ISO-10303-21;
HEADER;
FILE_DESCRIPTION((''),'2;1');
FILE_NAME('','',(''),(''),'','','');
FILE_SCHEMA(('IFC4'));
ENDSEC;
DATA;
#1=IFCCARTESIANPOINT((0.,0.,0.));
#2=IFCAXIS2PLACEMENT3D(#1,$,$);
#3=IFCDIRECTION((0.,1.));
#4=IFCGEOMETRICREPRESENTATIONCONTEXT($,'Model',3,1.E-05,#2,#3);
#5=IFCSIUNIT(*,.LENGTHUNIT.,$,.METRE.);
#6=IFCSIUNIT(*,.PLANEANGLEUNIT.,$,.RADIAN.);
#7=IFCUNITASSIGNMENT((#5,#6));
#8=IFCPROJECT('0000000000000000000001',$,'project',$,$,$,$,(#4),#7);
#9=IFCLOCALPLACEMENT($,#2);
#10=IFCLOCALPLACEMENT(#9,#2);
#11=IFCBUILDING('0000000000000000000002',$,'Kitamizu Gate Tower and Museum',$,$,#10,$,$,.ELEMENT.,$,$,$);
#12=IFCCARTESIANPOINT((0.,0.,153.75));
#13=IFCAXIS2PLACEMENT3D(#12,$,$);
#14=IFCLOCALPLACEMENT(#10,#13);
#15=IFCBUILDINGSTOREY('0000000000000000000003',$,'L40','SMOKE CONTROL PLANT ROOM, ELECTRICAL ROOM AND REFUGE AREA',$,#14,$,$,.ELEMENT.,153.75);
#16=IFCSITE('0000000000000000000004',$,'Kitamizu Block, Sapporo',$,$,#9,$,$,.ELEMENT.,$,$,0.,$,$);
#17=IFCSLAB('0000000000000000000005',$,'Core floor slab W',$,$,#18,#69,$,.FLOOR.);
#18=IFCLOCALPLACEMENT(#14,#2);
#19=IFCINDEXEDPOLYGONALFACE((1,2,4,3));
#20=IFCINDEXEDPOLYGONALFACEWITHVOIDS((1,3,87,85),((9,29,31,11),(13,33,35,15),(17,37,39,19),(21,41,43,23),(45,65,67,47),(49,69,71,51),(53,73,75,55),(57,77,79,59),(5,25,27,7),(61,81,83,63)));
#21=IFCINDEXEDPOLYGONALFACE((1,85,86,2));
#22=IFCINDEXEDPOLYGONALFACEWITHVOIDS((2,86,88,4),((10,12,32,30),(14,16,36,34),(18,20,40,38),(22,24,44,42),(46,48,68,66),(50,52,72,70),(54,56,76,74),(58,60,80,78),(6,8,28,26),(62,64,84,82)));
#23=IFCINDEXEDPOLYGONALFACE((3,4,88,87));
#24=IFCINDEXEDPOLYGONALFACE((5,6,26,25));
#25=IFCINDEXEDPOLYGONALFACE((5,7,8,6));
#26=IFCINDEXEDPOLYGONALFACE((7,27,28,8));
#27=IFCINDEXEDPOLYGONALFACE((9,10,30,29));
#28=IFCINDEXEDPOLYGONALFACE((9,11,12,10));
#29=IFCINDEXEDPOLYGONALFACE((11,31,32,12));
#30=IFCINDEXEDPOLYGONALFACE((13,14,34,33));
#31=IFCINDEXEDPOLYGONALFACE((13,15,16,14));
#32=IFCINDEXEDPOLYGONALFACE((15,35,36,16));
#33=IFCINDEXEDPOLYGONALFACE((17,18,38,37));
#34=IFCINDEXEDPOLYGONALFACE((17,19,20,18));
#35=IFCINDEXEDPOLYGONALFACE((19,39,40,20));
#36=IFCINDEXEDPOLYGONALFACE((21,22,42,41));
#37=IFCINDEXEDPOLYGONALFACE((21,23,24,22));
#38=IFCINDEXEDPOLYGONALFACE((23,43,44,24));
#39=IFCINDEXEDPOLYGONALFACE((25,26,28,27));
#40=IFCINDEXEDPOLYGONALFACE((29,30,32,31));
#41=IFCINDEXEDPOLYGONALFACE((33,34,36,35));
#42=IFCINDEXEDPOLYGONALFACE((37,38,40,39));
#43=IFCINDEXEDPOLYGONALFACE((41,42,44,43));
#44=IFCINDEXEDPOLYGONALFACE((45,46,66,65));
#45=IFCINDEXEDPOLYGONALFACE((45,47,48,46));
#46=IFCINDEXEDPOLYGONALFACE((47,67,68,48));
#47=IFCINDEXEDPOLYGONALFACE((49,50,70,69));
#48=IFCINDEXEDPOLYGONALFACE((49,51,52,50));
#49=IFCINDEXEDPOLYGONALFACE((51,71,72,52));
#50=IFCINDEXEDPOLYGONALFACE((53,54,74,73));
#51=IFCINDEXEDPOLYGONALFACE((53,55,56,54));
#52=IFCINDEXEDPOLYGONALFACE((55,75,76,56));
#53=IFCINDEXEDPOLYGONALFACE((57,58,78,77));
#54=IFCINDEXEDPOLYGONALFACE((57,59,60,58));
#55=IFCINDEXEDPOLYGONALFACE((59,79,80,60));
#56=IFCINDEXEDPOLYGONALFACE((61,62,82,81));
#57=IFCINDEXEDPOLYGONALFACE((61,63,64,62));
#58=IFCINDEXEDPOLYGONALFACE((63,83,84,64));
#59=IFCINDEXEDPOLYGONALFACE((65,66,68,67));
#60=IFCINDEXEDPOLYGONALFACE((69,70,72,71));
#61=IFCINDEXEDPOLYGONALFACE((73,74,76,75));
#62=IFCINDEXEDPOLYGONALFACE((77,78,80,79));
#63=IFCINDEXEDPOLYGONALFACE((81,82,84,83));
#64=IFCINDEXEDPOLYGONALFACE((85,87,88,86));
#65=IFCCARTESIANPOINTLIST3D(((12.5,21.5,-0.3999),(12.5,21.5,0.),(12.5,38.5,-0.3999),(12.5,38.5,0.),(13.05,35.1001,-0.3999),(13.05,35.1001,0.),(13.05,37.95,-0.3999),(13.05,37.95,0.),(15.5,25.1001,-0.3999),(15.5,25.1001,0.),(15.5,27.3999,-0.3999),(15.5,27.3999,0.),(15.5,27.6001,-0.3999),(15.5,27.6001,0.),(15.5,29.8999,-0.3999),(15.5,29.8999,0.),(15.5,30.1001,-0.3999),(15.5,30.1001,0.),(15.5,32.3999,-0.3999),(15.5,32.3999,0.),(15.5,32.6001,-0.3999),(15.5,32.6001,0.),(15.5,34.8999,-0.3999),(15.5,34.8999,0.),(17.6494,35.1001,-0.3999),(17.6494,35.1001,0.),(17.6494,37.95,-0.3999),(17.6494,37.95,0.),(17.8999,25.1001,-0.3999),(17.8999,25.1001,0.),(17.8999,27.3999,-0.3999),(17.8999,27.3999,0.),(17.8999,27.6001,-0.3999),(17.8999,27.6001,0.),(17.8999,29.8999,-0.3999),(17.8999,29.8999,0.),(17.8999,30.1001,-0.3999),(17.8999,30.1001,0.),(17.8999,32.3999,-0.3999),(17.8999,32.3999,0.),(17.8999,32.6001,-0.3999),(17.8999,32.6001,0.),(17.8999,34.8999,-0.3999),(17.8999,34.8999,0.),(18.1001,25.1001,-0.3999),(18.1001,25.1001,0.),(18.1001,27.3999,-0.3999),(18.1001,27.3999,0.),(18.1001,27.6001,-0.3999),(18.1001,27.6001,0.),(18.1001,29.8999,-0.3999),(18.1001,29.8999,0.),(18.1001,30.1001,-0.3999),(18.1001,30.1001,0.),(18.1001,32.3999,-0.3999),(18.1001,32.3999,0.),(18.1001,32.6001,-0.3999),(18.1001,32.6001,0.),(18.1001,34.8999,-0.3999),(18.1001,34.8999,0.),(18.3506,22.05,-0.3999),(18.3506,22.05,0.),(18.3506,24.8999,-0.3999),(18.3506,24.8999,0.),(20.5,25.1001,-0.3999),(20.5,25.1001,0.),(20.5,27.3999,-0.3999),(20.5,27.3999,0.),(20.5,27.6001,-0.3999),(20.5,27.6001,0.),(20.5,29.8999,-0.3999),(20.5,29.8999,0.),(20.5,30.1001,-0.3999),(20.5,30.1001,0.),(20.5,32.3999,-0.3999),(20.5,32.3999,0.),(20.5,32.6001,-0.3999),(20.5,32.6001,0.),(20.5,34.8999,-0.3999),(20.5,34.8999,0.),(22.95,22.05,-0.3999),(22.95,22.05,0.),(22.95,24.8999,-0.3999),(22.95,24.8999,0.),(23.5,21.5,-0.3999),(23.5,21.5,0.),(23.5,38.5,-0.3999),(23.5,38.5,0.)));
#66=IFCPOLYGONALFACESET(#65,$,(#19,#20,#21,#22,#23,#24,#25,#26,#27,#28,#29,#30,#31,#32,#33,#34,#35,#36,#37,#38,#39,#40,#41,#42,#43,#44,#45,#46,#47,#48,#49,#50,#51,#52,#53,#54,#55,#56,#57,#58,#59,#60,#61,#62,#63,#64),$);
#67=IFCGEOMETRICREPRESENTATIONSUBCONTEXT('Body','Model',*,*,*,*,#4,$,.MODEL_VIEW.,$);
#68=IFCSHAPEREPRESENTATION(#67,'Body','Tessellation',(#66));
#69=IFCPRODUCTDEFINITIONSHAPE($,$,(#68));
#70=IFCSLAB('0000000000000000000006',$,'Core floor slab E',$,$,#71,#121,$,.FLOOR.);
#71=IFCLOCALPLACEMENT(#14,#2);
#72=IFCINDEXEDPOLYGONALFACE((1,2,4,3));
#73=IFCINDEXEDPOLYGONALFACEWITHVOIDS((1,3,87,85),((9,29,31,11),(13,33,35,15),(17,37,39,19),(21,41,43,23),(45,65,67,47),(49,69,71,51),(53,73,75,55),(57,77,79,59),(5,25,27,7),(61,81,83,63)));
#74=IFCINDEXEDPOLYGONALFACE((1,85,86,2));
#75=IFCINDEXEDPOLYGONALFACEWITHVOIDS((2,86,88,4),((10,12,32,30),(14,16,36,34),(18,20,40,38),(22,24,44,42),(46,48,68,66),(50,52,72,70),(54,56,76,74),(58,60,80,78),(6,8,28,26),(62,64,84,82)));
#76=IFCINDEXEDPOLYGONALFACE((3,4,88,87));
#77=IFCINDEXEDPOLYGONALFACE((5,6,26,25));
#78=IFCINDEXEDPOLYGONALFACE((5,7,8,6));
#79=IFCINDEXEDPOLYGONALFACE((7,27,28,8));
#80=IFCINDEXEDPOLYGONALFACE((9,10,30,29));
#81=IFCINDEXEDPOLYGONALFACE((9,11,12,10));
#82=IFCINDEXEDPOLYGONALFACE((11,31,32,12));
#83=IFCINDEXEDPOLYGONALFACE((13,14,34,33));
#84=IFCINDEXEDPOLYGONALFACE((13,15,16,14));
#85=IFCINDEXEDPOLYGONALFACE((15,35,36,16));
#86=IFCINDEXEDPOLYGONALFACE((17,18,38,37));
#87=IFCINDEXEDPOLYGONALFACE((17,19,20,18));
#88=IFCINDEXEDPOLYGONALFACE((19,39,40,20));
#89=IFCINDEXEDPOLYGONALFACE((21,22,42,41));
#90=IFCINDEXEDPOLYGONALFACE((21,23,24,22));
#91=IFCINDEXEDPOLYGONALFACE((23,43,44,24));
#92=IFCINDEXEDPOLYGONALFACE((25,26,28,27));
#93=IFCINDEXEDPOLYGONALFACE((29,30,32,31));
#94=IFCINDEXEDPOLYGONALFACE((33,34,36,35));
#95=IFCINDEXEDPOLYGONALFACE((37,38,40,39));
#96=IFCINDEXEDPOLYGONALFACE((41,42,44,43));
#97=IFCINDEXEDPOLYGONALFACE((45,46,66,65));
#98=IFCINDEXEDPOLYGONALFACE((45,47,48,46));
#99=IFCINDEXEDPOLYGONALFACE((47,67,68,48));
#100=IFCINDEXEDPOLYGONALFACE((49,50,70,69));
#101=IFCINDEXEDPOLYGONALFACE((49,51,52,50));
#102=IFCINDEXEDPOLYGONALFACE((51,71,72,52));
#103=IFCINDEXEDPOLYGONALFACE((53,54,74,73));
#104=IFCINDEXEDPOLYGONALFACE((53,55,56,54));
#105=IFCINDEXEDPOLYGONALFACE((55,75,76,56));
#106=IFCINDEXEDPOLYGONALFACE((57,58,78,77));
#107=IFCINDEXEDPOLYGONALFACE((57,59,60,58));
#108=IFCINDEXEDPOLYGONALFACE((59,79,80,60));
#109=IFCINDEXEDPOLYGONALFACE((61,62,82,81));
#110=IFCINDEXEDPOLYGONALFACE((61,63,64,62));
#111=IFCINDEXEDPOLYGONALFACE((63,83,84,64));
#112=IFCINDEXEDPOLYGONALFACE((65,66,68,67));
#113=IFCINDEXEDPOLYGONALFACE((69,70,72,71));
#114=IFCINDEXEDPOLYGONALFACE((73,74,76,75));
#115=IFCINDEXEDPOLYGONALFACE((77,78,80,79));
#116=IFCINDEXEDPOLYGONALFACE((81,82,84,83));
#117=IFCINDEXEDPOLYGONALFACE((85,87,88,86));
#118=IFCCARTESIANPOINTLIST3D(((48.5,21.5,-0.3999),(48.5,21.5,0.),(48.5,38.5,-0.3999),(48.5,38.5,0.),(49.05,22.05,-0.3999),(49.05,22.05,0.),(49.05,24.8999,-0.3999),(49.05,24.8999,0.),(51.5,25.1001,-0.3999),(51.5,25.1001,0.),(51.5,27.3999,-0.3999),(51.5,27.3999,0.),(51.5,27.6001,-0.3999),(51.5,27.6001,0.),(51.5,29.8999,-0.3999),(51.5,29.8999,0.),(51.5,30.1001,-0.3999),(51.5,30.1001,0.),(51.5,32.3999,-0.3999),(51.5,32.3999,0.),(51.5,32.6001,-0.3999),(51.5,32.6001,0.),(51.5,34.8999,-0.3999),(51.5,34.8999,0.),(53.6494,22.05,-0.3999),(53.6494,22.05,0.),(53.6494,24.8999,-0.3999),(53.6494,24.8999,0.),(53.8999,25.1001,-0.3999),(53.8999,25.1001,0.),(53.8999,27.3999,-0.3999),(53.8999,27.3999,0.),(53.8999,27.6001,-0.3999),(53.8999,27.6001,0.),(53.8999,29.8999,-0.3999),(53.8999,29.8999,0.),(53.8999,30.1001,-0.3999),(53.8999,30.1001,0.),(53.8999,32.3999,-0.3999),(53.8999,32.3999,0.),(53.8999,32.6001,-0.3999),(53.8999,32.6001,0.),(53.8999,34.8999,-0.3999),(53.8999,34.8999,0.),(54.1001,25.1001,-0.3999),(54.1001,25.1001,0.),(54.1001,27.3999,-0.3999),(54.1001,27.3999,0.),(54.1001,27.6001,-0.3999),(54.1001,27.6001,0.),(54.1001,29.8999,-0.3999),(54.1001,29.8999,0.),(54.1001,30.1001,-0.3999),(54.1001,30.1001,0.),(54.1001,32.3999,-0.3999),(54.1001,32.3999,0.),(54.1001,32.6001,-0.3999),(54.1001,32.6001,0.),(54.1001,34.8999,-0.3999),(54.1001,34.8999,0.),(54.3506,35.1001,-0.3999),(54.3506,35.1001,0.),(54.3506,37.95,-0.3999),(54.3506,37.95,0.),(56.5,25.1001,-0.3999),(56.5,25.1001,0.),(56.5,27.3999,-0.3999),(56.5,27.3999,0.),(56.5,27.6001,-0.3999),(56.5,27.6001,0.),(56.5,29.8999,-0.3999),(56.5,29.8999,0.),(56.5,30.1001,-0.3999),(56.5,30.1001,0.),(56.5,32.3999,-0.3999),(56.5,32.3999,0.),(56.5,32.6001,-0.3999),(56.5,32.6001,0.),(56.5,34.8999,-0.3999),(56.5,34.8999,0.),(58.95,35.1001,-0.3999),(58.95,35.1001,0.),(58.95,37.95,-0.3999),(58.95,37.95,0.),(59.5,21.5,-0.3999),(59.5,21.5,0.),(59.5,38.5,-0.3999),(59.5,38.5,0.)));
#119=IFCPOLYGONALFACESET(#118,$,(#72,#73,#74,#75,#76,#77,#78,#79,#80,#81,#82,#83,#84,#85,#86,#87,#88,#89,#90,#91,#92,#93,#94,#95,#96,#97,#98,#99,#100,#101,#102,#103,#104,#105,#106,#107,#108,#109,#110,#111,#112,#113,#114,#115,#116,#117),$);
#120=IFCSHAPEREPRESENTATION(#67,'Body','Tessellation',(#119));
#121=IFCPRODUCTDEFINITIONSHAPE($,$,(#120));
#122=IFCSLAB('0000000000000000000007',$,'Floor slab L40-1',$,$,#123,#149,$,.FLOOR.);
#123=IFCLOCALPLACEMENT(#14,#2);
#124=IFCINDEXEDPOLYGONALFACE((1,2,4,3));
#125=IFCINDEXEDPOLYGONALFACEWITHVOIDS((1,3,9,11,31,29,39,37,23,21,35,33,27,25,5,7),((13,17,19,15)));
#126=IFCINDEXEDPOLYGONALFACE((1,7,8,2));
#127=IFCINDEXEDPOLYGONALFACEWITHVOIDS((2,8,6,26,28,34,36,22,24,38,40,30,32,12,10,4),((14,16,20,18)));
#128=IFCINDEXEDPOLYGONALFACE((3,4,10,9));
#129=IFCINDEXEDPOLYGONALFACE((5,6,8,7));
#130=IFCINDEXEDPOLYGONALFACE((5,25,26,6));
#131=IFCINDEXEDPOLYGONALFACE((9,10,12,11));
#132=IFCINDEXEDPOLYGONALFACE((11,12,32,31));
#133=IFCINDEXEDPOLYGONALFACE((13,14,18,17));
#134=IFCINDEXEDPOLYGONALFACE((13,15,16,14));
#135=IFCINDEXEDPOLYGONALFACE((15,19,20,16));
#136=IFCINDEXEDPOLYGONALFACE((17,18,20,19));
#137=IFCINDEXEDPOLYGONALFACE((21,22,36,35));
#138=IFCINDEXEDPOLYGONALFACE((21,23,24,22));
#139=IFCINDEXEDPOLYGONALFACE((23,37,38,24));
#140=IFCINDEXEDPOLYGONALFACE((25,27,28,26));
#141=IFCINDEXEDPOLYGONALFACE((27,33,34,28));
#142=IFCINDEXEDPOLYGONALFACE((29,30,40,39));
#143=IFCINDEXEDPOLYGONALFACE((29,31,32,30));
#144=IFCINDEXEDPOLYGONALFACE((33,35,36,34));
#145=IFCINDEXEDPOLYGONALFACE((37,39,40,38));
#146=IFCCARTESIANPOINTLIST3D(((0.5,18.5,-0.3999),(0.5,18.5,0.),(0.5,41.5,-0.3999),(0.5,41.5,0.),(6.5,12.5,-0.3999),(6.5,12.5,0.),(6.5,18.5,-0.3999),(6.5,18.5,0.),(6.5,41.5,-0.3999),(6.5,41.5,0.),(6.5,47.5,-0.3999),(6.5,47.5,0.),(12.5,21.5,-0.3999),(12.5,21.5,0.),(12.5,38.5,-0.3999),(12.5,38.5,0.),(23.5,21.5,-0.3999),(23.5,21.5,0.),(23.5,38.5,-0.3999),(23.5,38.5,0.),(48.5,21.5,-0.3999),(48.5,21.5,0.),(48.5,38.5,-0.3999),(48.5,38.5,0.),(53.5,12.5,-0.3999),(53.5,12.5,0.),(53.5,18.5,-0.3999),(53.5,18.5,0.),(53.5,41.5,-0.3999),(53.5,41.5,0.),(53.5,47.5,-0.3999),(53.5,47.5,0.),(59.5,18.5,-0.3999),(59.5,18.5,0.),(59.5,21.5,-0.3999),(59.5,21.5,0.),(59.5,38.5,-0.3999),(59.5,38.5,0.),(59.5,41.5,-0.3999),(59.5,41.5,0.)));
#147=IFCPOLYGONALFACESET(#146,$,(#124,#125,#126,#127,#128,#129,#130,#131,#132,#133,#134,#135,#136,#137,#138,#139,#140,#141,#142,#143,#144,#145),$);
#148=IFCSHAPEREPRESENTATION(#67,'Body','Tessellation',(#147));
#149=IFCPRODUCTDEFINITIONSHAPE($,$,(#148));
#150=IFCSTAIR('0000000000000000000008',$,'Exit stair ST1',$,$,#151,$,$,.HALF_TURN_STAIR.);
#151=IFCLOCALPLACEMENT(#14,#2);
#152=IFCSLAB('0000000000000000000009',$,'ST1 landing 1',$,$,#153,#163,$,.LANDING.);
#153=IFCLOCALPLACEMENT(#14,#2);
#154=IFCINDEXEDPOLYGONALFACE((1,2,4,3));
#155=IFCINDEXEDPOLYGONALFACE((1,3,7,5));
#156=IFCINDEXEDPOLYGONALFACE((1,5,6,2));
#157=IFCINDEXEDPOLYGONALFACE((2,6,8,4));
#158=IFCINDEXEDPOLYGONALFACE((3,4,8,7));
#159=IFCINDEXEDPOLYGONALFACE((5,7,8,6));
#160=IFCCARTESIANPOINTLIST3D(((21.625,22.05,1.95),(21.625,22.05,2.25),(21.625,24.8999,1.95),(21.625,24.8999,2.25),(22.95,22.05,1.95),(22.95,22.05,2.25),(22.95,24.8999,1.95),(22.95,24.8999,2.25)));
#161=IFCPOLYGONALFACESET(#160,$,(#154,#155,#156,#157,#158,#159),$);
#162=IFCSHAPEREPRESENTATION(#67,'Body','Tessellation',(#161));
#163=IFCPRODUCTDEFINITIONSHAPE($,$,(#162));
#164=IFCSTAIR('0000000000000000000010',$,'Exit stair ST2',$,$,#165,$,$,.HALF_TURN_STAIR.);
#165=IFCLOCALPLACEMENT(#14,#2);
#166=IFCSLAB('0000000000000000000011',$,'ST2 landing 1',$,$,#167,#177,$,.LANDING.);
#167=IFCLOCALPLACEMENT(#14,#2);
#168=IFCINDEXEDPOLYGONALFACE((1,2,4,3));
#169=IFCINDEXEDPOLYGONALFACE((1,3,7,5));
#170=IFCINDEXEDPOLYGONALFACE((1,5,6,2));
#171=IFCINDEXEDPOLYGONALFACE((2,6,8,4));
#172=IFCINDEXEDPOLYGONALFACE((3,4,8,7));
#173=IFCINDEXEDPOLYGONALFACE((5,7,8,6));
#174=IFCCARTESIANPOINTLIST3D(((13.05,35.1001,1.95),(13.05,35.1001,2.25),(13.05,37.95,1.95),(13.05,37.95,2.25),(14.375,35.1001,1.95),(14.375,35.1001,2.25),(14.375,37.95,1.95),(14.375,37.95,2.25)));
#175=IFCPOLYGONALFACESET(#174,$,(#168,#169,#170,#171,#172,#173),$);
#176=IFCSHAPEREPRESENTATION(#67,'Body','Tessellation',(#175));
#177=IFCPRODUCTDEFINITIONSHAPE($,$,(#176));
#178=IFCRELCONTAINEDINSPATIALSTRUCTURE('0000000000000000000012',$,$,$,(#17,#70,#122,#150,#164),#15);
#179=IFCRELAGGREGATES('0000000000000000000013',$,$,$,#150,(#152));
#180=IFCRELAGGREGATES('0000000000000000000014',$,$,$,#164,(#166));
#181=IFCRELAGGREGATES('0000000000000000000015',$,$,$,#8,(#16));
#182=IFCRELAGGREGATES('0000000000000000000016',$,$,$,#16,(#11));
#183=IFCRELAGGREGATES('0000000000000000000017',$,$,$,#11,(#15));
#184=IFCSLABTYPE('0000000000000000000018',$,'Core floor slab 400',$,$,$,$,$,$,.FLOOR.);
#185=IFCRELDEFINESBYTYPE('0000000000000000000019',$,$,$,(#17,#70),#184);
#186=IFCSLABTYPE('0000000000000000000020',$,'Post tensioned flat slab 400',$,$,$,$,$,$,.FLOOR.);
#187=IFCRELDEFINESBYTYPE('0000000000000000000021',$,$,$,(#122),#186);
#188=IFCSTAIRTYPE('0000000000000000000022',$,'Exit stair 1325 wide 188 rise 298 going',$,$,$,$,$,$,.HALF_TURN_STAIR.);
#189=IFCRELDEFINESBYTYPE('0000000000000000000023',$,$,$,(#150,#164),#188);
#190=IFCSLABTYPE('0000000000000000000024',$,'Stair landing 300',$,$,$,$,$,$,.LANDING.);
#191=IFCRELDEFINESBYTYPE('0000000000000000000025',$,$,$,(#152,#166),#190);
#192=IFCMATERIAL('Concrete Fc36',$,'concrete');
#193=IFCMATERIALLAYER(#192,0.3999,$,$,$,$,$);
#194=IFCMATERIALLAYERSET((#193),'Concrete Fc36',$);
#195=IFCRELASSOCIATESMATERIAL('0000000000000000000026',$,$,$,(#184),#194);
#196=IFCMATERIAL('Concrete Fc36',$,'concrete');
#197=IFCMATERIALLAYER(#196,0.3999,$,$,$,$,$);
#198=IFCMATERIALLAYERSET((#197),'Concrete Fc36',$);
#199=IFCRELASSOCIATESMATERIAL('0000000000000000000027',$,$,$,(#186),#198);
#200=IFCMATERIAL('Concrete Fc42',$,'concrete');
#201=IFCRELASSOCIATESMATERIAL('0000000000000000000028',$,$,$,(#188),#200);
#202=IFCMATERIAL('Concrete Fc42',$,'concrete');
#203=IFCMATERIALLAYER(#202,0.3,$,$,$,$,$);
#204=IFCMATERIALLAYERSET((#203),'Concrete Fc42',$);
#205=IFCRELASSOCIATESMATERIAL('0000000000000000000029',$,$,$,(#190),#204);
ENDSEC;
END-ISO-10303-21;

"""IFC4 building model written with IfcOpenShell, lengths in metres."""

from ifc_helpers import new_model, si_unit, direction, frame, origin, place, context, subcontext, project, spatial, polyline, outline, extrude, material, layer, layer_set, type_object, element, aggregate, save


model = new_model("IFC4")

# Units and contexts
model_context = context("Model", 3, precision=1e-05, world=origin(), true_north=direction((0.0, 1.0)))
body_context = subcontext(model_context, "Body", "Model", "MODEL_VIEW")
ifc_project = project(units=[si_unit("LENGTHUNIT", "METRE"), si_unit("PLANEANGLEUNIT", "RADIAN")], contexts=[model_context])

# Site, building, storey
site_placement = place(None, origin())
site = spatial("IfcSite", under=ifc_project, at=site_placement, Name="Kitamizu Block, Sapporo", CompositionType="ELEMENT", RefElevation=0.0)
building_placement = place(site_placement, origin())
building = spatial("IfcBuilding", under=site, at=building_placement, Name="Kitamizu Gate Tower and Museum", CompositionType="ELEMENT")
storey_placement = place(building_placement, frame((0.0, 0.0, 153.75)))
storey = spatial("IfcBuildingStorey", under=building, at=storey_placement, Name="L40", Description="SMOKE CONTROL PLANT ROOM, ELECTRICAL ROOM AND REFUGE AREA", CompositionType="ELEMENT", Elevation=153.75)

# Slabs
ifc_material_1 = material(Name="Concrete Fc36", Category="concrete")
ifc_layer_1 = layer(ifc_material_1, 0.3999)
ifc_layer_set_1 = layer_set([ifc_layer_1], Name="Concrete Fc36")
slab_type_1 = type_object("IfcSlabType", Name="Core floor slab 400", PredefinedType="FLOOR", material=ifc_layer_set_1)
slab_1_placement = place(storey_placement, frame((0.0, 0.0, -0.3999)))
element("IfcSlab", 1, at=slab_1_placement, inside=storey, type_object=slab_type_1, Name="Core floor slab W", PredefinedType="FLOOR", context=body_context, shape_type="SweptSolid", body=[
    extrude(outline(polyline([(12.5, 21.5), (23.5, 21.5), (23.5, 38.5), (12.5, 38.5), (12.5, 21.5)]), holes=[polyline([(15.5, 25.1001), (17.8999, 25.1001), (17.8999, 27.3999), (15.5, 27.3999), (15.5, 25.1001)]), polyline([(15.5, 27.6001), (17.8999, 27.6001), (17.8999, 29.8999), (15.5, 29.8999), (15.5, 27.6001)]), polyline([(15.5, 30.1001), (17.8999, 30.1001), (17.8999, 32.3999), (15.5, 32.3999), (15.5, 30.1001)]), polyline([(15.5, 32.6001), (17.8999, 32.6001), (17.8999, 34.8999), (15.5, 34.8999), (15.5, 32.6001)]), polyline([(18.1001, 25.1001), (20.5, 25.1001), (20.5, 27.3999), (18.1001, 27.3999), (18.1001, 25.1001)]), polyline([(18.1001, 27.6001), (20.5, 27.6001), (20.5, 29.8999), (18.1001, 29.8999), (18.1001, 27.6001)]), polyline([(18.1001, 30.1001), (20.5, 30.1001), (20.5, 32.3999), (18.1001, 32.3999), (18.1001, 30.1001)]), polyline([(18.1001, 32.6001), (20.5, 32.6001), (20.5, 34.8999), (18.1001, 34.8999), (18.1001, 32.6001)]), polyline([(18.3506, 22.05), (22.95, 22.05), (22.95, 24.8999), (18.3506, 24.8999), (18.3506, 22.05)]), polyline([(13.05, 35.1001), (17.6494, 35.1001), (17.6494, 37.95), (13.05, 37.95), (13.05, 35.1001)])]), origin(), (0.0, 0.0, 1.0), 0.3999),
])
slab_2_placement = place(storey_placement, frame((0.0, 0.0, -0.3999)))
element("IfcSlab", 2, at=slab_2_placement, inside=storey, type_object=slab_type_1, Name="Core floor slab E", PredefinedType="FLOOR", context=body_context, shape_type="SweptSolid", body=[
    extrude(outline(polyline([(48.5, 21.5), (59.5, 21.5), (59.5, 38.5), (48.5, 38.5), (48.5, 21.5)]), holes=[polyline([(54.1001, 25.1001), (56.5, 25.1001), (56.5, 27.3999), (54.1001, 27.3999), (54.1001, 25.1001)]), polyline([(54.1001, 27.6001), (56.5, 27.6001), (56.5, 29.8999), (54.1001, 29.8999), (54.1001, 27.6001)]), polyline([(54.1001, 30.1001), (56.5, 30.1001), (56.5, 32.3999), (54.1001, 32.3999), (54.1001, 30.1001)]), polyline([(54.1001, 32.6001), (56.5, 32.6001), (56.5, 34.8999), (54.1001, 34.8999), (54.1001, 32.6001)]), polyline([(51.5, 25.1001), (53.8999, 25.1001), (53.8999, 27.3999), (51.5, 27.3999), (51.5, 25.1001)]), polyline([(51.5, 27.6001), (53.8999, 27.6001), (53.8999, 29.8999), (51.5, 29.8999), (51.5, 27.6001)]), polyline([(51.5, 30.1001), (53.8999, 30.1001), (53.8999, 32.3999), (51.5, 32.3999), (51.5, 30.1001)]), polyline([(51.5, 32.6001), (53.8999, 32.6001), (53.8999, 34.8999), (51.5, 34.8999), (51.5, 32.6001)]), polyline([(49.05, 22.05), (53.6494, 22.05), (53.6494, 24.8999), (49.05, 24.8999), (49.05, 22.05)]), polyline([(54.3506, 35.1001), (58.95, 35.1001), (58.95, 37.95), (54.3506, 37.95), (54.3506, 35.1001)])]), origin(), (0.0, 0.0, 1.0), 0.3999),
])
ifc_material_2 = material(Name="Concrete Fc36", Category="concrete")
ifc_layer_2 = layer(ifc_material_2, 0.3999)
ifc_layer_set_2 = layer_set([ifc_layer_2], Name="Concrete Fc36")
slab_type_2 = type_object("IfcSlabType", Name="Post tensioned flat slab 400", PredefinedType="FLOOR", material=ifc_layer_set_2)
slab_3_placement = place(storey_placement, frame((0.0, 0.0, -0.3999)))
element("IfcSlab", 3, at=slab_3_placement, inside=storey, type_object=slab_type_2, Name="Floor slab L40-1", PredefinedType="FLOOR", context=body_context, shape_type="SweptSolid", body=[
    extrude(outline(polyline([(0.5, 41.5), (6.5, 41.5), (6.5, 47.5), (53.5, 47.5), (53.5, 41.5), (59.5, 41.5), (59.5, 38.5), (48.5, 38.5), (48.5, 21.5), (59.5, 21.5), (59.5, 18.5), (53.5, 18.5), (53.5, 12.5), (6.5, 12.5), (6.5, 18.5), (0.5, 18.5), (0.5, 41.5)]), holes=[polyline([(12.5, 21.5), (23.5, 21.5), (23.5, 38.5), (12.5, 38.5), (12.5, 21.5)])]), origin(), (0.0, 0.0, 1.0), 0.3999),
])

# Stairs, slabs
ifc_material_3 = material(Name="Concrete Fc42", Category="concrete")
stair_type = type_object("IfcStairType", Name="Exit stair 1325 wide 188 rise 298 going", PredefinedType="HALF_TURN_STAIR", material=ifc_material_3)
stair_1_placement = place(storey_placement, origin())
stair_1 = element("IfcStair", 4, at=stair_1_placement, inside=storey, type_object=stair_type, Name="Exit stair ST1", PredefinedType="HALF_TURN_STAIR")
ifc_material_4 = material(Name="Concrete Fc42", Category="concrete")
ifc_layer_3 = layer(ifc_material_4, 0.3)
ifc_layer_set_3 = layer_set([ifc_layer_3], Name="Concrete Fc42")
slab_type_3 = type_object("IfcSlabType", Name="Stair landing 300", PredefinedType="LANDING", material=ifc_layer_set_3)
slab_4_placement = place(storey_placement, frame((0.0, 0.0, 1.95)))
slab_4 = element("IfcSlab", 5, at=slab_4_placement, type_object=slab_type_3, Name="ST1 landing 1", PredefinedType="LANDING", context=body_context, shape_type="SweptSolid", body=[
    extrude(outline(polyline([(21.625, 22.05), (22.95, 22.05), (22.95, 24.8999), (21.625, 24.8999), (21.625, 22.05)])), origin(), (0.0, 0.0, 1.0), 0.3),
])
aggregate(stair_1, [slab_4])
stair_2_placement = place(storey_placement, origin())
stair_2 = element("IfcStair", 6, at=stair_2_placement, inside=storey, type_object=stair_type, Name="Exit stair ST2", PredefinedType="HALF_TURN_STAIR")
slab_5_placement = place(storey_placement, frame((0.0, 0.0, 1.95)))
slab_5 = element("IfcSlab", 7, at=slab_5_placement, type_object=slab_type_3, Name="ST2 landing 1", PredefinedType="LANDING", context=body_context, shape_type="SweptSolid", body=[
    extrude(outline(polyline([(13.05, 35.1001), (14.375, 35.1001), (14.375, 37.95), (13.05, 37.95), (13.05, 35.1001)])), origin(), (0.0, 0.0, 1.0), 0.3),
])
aggregate(stair_2, [slab_5])

save(model, "model.ifc")
